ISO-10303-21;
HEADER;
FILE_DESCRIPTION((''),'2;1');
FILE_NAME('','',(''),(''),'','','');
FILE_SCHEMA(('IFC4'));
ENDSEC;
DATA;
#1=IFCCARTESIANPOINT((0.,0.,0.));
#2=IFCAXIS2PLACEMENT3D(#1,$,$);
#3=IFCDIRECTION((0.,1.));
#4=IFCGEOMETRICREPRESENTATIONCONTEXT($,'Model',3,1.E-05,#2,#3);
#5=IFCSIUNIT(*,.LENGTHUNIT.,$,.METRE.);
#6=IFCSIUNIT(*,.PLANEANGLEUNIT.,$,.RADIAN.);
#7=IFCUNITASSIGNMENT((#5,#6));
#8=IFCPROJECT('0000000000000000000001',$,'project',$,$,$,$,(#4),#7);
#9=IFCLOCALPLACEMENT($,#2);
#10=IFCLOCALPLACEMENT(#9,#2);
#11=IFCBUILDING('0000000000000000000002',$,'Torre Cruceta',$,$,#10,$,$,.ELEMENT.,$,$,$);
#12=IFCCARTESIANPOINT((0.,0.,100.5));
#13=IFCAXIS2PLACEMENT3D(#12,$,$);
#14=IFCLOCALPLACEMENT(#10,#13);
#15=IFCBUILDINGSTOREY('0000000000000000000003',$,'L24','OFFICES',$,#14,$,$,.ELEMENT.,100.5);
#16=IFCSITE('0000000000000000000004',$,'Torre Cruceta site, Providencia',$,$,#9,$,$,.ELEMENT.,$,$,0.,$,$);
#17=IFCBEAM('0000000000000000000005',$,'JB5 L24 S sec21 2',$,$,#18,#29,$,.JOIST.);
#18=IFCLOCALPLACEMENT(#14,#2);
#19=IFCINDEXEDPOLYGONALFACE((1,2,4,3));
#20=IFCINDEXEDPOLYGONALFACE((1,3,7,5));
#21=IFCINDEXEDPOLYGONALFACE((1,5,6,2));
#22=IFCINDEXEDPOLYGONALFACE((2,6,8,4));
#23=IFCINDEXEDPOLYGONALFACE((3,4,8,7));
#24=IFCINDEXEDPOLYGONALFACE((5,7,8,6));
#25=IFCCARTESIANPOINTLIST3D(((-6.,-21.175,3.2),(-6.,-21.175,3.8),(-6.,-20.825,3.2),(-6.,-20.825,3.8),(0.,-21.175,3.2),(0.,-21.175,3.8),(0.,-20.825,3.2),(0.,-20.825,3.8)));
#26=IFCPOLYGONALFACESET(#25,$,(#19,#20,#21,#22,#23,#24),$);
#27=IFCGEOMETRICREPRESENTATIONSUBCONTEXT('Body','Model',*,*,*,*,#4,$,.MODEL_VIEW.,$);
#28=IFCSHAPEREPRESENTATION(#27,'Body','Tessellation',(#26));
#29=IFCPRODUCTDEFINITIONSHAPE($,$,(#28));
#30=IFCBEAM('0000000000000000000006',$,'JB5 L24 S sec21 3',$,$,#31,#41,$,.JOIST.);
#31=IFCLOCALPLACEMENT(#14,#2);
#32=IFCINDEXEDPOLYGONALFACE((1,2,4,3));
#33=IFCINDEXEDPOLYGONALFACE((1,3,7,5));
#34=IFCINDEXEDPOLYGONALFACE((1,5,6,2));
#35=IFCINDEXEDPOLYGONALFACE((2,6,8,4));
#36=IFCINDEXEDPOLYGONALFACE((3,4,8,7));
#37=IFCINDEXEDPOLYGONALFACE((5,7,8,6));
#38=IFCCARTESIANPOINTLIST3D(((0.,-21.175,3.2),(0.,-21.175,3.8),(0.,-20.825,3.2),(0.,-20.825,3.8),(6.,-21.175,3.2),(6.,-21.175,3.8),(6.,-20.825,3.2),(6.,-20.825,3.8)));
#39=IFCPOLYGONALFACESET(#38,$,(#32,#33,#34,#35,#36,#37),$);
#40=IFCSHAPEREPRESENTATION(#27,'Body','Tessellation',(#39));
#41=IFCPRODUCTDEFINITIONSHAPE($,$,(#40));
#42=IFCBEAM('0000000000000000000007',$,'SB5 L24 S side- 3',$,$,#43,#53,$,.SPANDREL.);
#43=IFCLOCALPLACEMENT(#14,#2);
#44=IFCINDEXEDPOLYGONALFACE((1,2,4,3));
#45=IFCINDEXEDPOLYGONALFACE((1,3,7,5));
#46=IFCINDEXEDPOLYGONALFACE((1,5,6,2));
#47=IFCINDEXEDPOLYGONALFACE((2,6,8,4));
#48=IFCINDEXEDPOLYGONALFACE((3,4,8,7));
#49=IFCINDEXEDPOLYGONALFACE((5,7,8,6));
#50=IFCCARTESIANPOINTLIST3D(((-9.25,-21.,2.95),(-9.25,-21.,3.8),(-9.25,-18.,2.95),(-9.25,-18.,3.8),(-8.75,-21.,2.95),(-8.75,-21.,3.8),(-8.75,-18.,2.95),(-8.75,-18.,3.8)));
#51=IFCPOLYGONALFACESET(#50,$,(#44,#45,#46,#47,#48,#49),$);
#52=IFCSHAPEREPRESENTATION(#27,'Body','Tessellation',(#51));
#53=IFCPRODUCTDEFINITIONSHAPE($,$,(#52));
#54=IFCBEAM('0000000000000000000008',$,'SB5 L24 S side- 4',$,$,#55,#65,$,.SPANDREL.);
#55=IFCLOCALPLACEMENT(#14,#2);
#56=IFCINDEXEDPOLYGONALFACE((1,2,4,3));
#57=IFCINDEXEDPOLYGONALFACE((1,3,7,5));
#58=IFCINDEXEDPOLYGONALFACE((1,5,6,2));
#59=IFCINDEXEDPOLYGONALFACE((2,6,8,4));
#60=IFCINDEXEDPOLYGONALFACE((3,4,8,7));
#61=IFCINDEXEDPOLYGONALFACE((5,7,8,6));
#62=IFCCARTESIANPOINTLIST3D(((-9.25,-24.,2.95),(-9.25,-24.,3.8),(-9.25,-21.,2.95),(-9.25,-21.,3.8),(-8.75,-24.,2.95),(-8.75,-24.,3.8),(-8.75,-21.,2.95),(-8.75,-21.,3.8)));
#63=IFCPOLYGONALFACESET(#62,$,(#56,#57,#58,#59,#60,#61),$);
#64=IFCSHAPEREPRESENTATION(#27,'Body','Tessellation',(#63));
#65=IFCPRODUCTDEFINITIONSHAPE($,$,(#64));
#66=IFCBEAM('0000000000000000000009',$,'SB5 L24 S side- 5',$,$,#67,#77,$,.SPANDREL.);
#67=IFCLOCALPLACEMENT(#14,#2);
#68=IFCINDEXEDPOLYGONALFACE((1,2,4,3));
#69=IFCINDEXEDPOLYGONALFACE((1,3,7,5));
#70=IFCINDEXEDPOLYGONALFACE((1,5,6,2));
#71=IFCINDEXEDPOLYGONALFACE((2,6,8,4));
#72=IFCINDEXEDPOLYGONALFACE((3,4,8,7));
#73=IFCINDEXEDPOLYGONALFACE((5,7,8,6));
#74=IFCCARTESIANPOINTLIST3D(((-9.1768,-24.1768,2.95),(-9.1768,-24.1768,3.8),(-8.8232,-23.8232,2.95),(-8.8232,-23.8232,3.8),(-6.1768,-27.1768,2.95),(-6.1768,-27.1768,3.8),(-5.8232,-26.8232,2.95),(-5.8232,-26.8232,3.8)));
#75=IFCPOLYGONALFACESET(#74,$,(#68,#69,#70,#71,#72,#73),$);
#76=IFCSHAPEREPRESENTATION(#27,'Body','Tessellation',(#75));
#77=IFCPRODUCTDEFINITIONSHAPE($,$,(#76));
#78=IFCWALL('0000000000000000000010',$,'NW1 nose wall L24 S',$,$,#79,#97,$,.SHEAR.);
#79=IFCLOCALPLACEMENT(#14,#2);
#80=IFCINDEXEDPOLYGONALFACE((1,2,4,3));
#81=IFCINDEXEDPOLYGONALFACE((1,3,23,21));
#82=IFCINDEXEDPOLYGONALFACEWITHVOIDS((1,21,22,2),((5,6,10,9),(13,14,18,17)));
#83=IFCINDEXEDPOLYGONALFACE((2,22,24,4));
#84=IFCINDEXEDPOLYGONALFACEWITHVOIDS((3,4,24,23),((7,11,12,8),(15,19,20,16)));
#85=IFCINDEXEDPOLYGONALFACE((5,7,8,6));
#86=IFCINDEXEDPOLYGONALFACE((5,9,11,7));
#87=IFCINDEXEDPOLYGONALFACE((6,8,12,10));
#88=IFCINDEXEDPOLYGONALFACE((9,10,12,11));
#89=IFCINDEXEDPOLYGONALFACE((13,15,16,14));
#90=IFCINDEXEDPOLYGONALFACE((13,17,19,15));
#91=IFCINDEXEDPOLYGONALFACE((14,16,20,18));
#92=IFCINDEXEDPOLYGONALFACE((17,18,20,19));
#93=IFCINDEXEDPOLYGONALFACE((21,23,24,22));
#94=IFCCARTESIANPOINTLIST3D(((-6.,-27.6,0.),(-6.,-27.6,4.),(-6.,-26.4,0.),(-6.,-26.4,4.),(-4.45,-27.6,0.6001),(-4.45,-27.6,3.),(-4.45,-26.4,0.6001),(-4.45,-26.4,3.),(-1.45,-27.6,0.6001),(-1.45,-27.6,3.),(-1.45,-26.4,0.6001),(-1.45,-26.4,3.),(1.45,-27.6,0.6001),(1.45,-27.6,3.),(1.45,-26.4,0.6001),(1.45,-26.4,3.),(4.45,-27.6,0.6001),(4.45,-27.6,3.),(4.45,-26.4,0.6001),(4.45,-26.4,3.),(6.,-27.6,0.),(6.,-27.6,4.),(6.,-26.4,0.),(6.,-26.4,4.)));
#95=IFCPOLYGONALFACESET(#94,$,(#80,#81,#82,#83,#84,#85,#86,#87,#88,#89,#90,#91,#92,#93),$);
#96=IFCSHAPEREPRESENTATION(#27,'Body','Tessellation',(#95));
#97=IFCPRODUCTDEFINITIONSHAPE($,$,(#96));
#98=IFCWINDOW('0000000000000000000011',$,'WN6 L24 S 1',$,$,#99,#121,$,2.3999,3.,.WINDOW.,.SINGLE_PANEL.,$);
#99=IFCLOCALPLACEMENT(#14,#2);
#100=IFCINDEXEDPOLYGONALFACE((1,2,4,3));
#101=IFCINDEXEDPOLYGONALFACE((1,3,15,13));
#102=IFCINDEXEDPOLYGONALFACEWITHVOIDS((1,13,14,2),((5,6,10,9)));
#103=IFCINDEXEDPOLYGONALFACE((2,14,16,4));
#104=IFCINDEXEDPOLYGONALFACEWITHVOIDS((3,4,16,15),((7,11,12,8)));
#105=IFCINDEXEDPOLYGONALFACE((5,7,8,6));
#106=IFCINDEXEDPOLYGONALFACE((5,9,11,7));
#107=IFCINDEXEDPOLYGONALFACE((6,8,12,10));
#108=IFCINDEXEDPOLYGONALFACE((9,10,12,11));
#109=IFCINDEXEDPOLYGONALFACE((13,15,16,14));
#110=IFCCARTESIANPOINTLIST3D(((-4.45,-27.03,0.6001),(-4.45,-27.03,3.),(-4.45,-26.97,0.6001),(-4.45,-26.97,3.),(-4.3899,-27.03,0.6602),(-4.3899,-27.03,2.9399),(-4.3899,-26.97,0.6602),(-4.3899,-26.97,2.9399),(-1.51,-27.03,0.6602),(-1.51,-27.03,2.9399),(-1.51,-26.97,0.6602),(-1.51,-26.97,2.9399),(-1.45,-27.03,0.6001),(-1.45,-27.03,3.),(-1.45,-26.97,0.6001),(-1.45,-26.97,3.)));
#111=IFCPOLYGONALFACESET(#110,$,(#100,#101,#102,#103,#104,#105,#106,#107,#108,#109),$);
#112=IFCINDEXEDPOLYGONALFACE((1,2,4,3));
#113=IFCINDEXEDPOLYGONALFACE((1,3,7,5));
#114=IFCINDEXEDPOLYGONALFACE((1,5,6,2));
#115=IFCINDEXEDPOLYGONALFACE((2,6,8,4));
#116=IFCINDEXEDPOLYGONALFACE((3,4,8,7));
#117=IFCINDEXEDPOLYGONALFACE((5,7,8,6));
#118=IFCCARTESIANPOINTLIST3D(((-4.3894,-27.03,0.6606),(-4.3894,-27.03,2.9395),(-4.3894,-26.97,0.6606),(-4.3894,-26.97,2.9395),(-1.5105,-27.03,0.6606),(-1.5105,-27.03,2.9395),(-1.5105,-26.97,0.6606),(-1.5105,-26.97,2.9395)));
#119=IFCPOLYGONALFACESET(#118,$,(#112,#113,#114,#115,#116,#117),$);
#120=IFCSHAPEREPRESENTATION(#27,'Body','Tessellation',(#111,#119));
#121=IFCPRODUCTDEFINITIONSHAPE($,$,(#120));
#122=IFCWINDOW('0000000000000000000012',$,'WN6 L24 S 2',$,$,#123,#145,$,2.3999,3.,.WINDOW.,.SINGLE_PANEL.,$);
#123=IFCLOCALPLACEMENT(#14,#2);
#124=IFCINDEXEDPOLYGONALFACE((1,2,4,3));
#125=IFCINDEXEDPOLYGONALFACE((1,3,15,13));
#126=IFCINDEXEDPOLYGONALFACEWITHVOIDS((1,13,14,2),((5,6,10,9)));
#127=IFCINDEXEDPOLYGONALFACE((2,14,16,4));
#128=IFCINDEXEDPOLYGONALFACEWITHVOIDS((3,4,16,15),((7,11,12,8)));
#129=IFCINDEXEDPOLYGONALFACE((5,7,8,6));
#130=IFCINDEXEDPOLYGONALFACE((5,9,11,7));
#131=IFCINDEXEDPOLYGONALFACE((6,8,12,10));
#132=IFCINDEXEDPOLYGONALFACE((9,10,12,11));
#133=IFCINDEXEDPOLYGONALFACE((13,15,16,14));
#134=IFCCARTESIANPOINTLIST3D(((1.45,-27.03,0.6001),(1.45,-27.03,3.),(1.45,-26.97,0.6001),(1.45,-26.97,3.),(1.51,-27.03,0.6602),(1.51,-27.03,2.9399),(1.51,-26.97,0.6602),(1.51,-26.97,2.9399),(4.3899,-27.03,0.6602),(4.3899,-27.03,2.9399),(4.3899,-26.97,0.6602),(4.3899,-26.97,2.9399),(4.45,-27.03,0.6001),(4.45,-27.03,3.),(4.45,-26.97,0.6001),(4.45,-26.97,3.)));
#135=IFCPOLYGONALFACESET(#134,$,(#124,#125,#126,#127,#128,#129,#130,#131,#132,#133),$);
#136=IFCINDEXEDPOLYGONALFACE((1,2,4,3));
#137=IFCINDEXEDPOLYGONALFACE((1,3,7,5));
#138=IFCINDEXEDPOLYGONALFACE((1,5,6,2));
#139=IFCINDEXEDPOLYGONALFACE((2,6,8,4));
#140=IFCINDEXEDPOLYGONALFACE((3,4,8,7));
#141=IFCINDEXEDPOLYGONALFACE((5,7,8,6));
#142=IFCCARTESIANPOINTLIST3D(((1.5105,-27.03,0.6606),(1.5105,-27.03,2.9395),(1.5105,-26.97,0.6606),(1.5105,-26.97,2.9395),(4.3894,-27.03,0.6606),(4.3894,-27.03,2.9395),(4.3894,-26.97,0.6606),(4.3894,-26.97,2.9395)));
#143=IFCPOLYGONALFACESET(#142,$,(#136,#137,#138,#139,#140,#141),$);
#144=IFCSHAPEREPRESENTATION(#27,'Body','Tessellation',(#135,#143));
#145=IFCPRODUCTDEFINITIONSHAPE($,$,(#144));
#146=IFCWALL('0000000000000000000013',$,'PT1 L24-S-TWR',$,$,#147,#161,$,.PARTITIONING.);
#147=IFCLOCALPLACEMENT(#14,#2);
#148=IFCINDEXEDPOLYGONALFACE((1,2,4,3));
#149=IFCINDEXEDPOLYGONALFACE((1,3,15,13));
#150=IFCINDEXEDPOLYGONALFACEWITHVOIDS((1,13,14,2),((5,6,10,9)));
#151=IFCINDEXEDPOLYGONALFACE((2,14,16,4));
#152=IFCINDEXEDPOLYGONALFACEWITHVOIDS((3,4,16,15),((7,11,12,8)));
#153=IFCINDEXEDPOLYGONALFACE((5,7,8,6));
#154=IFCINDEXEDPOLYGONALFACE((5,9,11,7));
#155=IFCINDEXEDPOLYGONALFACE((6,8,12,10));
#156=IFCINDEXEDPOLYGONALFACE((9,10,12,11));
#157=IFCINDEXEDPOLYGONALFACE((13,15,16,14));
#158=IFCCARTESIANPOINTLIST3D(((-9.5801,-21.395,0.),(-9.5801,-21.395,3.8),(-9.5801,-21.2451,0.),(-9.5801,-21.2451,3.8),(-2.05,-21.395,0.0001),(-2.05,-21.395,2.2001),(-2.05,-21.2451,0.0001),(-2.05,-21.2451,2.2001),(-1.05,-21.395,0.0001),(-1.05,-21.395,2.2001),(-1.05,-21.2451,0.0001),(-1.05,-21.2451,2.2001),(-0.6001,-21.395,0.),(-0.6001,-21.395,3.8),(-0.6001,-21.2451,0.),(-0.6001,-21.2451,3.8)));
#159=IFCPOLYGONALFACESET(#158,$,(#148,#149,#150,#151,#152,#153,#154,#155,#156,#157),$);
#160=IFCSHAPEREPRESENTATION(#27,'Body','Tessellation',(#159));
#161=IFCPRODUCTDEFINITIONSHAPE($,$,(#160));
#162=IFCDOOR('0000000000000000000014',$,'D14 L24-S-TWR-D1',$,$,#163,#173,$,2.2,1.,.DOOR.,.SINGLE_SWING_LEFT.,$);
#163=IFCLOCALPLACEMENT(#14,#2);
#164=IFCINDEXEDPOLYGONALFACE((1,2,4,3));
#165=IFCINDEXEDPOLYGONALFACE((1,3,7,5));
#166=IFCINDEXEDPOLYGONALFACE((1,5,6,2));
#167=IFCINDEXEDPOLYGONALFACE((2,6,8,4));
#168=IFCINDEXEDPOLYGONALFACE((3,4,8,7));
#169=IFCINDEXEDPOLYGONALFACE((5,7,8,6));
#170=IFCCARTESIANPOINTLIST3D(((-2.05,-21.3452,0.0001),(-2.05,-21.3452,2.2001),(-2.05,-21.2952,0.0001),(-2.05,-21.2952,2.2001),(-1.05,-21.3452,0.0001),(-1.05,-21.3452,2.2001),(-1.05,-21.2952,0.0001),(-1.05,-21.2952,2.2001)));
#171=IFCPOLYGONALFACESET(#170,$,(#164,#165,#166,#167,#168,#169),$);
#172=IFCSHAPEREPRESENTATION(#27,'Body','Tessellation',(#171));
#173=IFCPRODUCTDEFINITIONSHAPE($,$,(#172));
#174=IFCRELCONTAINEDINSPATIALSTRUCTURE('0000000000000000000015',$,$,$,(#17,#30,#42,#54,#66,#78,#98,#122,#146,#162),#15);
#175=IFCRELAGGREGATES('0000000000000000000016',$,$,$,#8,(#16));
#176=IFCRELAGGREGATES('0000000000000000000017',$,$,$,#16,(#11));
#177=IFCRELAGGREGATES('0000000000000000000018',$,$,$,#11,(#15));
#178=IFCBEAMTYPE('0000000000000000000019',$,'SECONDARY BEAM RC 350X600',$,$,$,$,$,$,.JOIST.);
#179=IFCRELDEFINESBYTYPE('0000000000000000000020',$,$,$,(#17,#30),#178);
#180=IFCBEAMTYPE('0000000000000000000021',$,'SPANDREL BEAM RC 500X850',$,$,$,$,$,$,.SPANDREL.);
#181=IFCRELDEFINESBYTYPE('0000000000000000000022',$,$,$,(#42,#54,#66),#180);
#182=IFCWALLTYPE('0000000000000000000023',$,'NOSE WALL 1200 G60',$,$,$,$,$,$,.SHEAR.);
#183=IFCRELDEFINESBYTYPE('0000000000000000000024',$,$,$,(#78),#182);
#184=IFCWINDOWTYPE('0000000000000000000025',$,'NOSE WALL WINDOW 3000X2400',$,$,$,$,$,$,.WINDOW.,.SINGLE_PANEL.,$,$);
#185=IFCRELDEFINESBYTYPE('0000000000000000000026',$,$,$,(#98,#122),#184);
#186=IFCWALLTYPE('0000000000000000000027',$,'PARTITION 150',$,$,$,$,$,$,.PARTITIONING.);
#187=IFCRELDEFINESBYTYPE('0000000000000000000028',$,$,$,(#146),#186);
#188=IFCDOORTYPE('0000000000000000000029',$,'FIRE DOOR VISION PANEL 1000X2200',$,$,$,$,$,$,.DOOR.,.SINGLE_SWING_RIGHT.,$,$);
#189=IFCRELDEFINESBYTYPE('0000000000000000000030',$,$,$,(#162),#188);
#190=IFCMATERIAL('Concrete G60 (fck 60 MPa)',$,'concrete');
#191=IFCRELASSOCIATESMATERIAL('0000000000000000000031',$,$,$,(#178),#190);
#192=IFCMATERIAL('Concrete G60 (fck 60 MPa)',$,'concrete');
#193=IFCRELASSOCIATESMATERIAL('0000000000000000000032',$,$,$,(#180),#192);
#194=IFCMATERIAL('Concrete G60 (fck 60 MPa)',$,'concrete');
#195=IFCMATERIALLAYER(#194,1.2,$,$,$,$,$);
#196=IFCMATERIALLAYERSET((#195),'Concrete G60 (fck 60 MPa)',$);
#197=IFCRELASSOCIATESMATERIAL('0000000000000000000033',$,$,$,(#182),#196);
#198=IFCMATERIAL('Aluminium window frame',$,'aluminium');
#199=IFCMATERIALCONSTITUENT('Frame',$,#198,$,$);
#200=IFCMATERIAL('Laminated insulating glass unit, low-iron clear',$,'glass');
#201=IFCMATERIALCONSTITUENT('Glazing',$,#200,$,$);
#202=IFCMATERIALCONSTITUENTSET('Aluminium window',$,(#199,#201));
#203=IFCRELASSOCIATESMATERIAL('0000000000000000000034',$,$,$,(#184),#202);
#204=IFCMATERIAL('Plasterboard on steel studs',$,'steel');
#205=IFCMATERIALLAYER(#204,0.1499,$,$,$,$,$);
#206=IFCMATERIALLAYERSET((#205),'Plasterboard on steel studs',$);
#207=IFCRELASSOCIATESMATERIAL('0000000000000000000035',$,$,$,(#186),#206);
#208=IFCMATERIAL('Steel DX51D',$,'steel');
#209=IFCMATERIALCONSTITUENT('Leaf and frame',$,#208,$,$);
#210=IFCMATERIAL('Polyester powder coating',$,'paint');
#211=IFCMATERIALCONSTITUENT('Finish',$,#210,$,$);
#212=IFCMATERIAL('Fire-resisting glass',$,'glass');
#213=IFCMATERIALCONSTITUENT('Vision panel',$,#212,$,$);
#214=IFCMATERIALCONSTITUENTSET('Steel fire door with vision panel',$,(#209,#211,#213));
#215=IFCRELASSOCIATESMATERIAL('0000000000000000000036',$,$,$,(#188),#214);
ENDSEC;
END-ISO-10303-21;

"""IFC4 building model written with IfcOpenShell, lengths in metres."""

from ifc_helpers import new_model, si_unit, direction, frame, frame_2d, origin, origin_2d, place, context, subcontext, project, spatial, rectangle, hollow_rectangle, extrude, material, layer, layer_set, constituent, constituent_set, material_profile, profile_set, type_object, element, fill, save


model = new_model("IFC4")

# Units and contexts
model_context = context("Model", 3, precision=1e-05, world=origin(), true_north=direction((0.0, 1.0)))
body_context = subcontext(model_context, "Body", "Model", "MODEL_VIEW")
ifc_project = project(units=[si_unit("LENGTHUNIT", "METRE"), si_unit("PLANEANGLEUNIT", "RADIAN")], contexts=[model_context])

# Site, building, storey
site_placement = place(None, origin())
site = spatial("IfcSite", under=ifc_project, at=site_placement, Name="Torre Cruceta site, Providencia", CompositionType="ELEMENT", RefElevation=0.0)
building_placement = place(site_placement, origin())
building = spatial("IfcBuilding", under=site, at=building_placement, Name="Torre Cruceta", CompositionType="ELEMENT")
storey_placement = place(building_placement, frame((0.0, 0.0, 100.5)))
storey = spatial("IfcBuildingStorey", under=building, at=storey_placement, Name="L24", Description="OFFICES", CompositionType="ELEMENT", Elevation=100.5)

# Beams
ifc_material_1 = material(Name="Concrete G60 (fck 60 MPa)", Category="concrete")
ifc_material_profile_1 = material_profile(ifc_material_1, rectangle(XDim=0.3501, YDim=0.6001, at=origin_2d()), Name="RC 350X600")
ifc_profile_set_1 = profile_set([ifc_material_profile_1], Name="Concrete G60 (fck 60 MPa)")
beam_type_1 = type_object("IfcBeamType", Name="SECONDARY BEAM RC 350X600", PredefinedType="JOIST", material=ifc_profile_set_1)
for number, where, z_axis, x_axis, name in (
    (1, (-6.0, -21.0, 3.5), (1.0, 0.0, 0.0), (0.0, 1.0, 0.0), "JB5 L24 S sec21 2"),
    (2, (0.0, -21.0, 3.5), (1.0, 0.0, 0.0), (0.0, 1.0, 0.0), "JB5 L24 S sec21 3"),
):
    element("IfcBeam", number, at=place(storey_placement, frame(where, z_axis=z_axis, x_axis=x_axis)), inside=storey, type_object=beam_type_1, Name=name, PredefinedType="JOIST", context=body_context, shape_type="SweptSolid", body=[
        extrude(rectangle(XDim=0.3501, YDim=0.6001, at=origin_2d()), origin(), (0.0, 0.0, 1.0), 6.0),
    ])
ifc_material_2 = material(Name="Concrete G60 (fck 60 MPa)", Category="concrete")
ifc_material_profile_2 = material_profile(ifc_material_2, rectangle(XDim=0.5, YDim=0.8501, at=origin_2d()), Name="RC 500X850")
ifc_profile_set_2 = profile_set([ifc_material_profile_2], Name="Concrete G60 (fck 60 MPa)")
beam_type_2 = type_object("IfcBeamType", Name="SPANDREL BEAM RC 500X850", PredefinedType="SPANDREL", material=ifc_profile_set_2)
for number, where, z_axis, x_axis, name in (
    (3, (-9.0, -18.0, 3.375), (0.0, -1.0, 0.0), (1.0, 0.0, 0.0), "SB5 L24 S side- 3"),
    (4, (-9.0, -21.0, 3.375), (0.0, -1.0, 0.0), (1.0, 0.0, 0.0), "SB5 L24 S side- 4"),
):
    element("IfcBeam", number, at=place(storey_placement, frame(where, z_axis=z_axis, x_axis=x_axis)), inside=storey, type_object=beam_type_2, Name=name, PredefinedType="SPANDREL", context=body_context, shape_type="SweptSolid", body=[
        extrude(rectangle(XDim=0.5, YDim=0.8501, at=origin_2d()), origin(), (0.0, 0.0, 1.0), 3.0),
    ])
beam_1_placement = place(storey_placement, frame((-9.0, -24.0, 3.375), z_axis=(0.707107, -0.707107, 0.0), x_axis=(0.707107, 0.707107, 0.0)))
element("IfcBeam", 5, at=beam_1_placement, inside=storey, type_object=beam_type_2, Name="SB5 L24 S side- 5", PredefinedType="SPANDREL", context=body_context, shape_type="SweptSolid", body=[
    extrude(rectangle(XDim=0.5, YDim=0.8501, at=origin_2d()), origin(), (0.0, 0.0, 1.0), 4.2427),
])

# Wall, openings, windows
ifc_material_3 = material(Name="Concrete G60 (fck 60 MPa)", Category="concrete")
ifc_layer_1 = layer(ifc_material_3, 1.2)
ifc_layer_set_1 = layer_set([ifc_layer_1], Name="Concrete G60 (fck 60 MPa)")
wall_type_1 = type_object("IfcWallType", Name="NOSE WALL 1200 G60", PredefinedType="SHEAR", material=ifc_layer_set_1)
wall_1_placement = place(storey_placement, frame((-6.0, -27.0, 0.0), z_axis=(0.0, 0.0, 1.0), x_axis=(1.0, 0.0, 0.0)))
wall_1 = element("IfcWall", 6, at=wall_1_placement, inside=storey, type_object=wall_type_1, Name="NW1 nose wall L24 S", PredefinedType="SHEAR", context=body_context, shape_type="SweptSolid", body=[
    extrude(rectangle(XDim=12.0, YDim=1.2, at=frame_2d((6.0, 0.0))), origin(), (0.0, 0.0, 1.0), 4.0),
])
opening_1_placement = place(wall_1_placement, frame((1.55, 0.0, 0.6001)))
opening_1 = element("IfcOpeningElement", 7, at=opening_1_placement, cuts=wall_1, PredefinedType="OPENING", context=body_context, shape_type="SweptSolid", body=[
    extrude(rectangle(XDim=3.0, YDim=2.3999, at=frame_2d((1.5, 1.2))), frame((0.0, 0.6099, 0.0), z_axis=(0.0, -1.0, 0.0), x_axis=(1.0, 0.0, 0.0)), (0.0, 0.0, 1.0), 1.22),
])
opening_2_placement = place(wall_1_placement, frame((7.45, 0.0, 0.6001)))
opening_2 = element("IfcOpeningElement", 8, at=opening_2_placement, cuts=wall_1, PredefinedType="OPENING", context=body_context, shape_type="SweptSolid", body=[
    extrude(rectangle(XDim=3.0, YDim=2.3999, at=frame_2d((1.5, 1.2))), frame((0.0, 0.6099, 0.0), z_axis=(0.0, -1.0, 0.0), x_axis=(1.0, 0.0, 0.0)), (0.0, 0.0, 1.0), 1.22),
])
ifc_material_4 = material(Name="Aluminium window frame", Category="aluminium")
ifc_constituent_1 = constituent(ifc_material_4, Name="Frame")
ifc_material_5 = material(Name="Laminated insulating glass unit, low-iron clear", Category="glass")
ifc_constituent_2 = constituent(ifc_material_5, Name="Glazing")
ifc_constituent_set_1 = constituent_set(constituents=[ifc_constituent_1, ifc_constituent_2], Name="Aluminium window")
window_type = type_object("IfcWindowType", Name="NOSE WALL WINDOW 3000X2400", PartitioningType="SINGLE_PANEL", PredefinedType="WINDOW", material=ifc_constituent_set_1)
window_1_placement = place(opening_1_placement, origin())
window_1 = element("IfcWindow", 9, at=window_1_placement, inside=storey, type_object=window_type, Name="WN6 L24 S 1", OverallHeight=2.3999, OverallWidth=3.0, PartitioningType="SINGLE_PANEL", PredefinedType="WINDOW", context=body_context, shape_type="SweptSolid", body=[
    extrude(hollow_rectangle(XDim=3.0, YDim=2.3999, WallThickness=0.0601, at=frame_2d((1.5, 1.2))), frame((0.0, 0.03, 0.0), z_axis=(0.0, -1.0, 0.0), x_axis=(1.0, 0.0, 0.0)), (0.0, 0.0, 1.0), 0.0601),
    extrude(rectangle(XDim=2.8789, YDim=2.2788, at=frame_2d((1.5, 1.2))), frame((0.0, 0.03, 0.0), z_axis=(0.0, -1.0, 0.0), x_axis=(1.0, 0.0, 0.0)), (0.0, 0.0, 1.0), 0.0601),
])
fill(opening_1, window_1)
window_2_placement = place(opening_2_placement, origin())
window_2 = element("IfcWindow", 10, at=window_2_placement, inside=storey, type_object=window_type, Name="WN6 L24 S 2", OverallHeight=2.3999, OverallWidth=3.0, PartitioningType="SINGLE_PANEL", PredefinedType="WINDOW", context=body_context, shape_type="SweptSolid", body=[
    extrude(hollow_rectangle(XDim=3.0, YDim=2.3999, WallThickness=0.0601, at=frame_2d((1.5, 1.2))), frame((0.0, 0.03, 0.0), z_axis=(0.0, -1.0, 0.0), x_axis=(1.0, 0.0, 0.0)), (0.0, 0.0, 1.0), 0.0601),
    extrude(rectangle(XDim=2.8789, YDim=2.2788, at=frame_2d((1.5, 1.2))), frame((0.0, 0.03, 0.0), z_axis=(0.0, -1.0, 0.0), x_axis=(1.0, 0.0, 0.0)), (0.0, 0.0, 1.0), 0.0601),
])
fill(opening_2, window_2)

# Wall, opening, door
ifc_material_6 = material(Name="Plasterboard on steel studs", Category="steel")
ifc_layer_2 = layer(ifc_material_6, 0.1499)
ifc_layer_set_2 = layer_set([ifc_layer_2], Name="Plasterboard on steel studs")
wall_type_2 = type_object("IfcWallType", Name="PARTITION 150", PredefinedType="PARTITIONING", material=ifc_layer_set_2)
wall_2_placement = place(storey_placement, frame((-9.5801, -21.3201, 0.0), z_axis=(0.0, 0.0, 1.0), x_axis=(1.0, 0.0, 0.0)))
wall_2 = element("IfcWall", 11, at=wall_2_placement, inside=storey, type_object=wall_type_2, Name="PT1 L24-S-TWR", PredefinedType="PARTITIONING", context=body_context, shape_type="SweptSolid", body=[
    extrude(rectangle(XDim=8.98, YDim=0.1499, at=frame_2d((4.49, 0.0))), origin(), (0.0, 0.0, 1.0), 3.8),
])
opening_3_placement = place(wall_2_placement, frame((7.53, 0.0, 0.0)))
opening_3 = element("IfcOpeningElement", 12, at=opening_3_placement, cuts=wall_2, PredefinedType="OPENING", context=body_context, shape_type="SweptSolid", body=[
    extrude(rectangle(XDim=1.0, YDim=2.2, at=frame_2d((0.5, 1.1001))), frame((0.0, 0.085, 0.0), z_axis=(0.0, -1.0, 0.0), x_axis=(1.0, 0.0, 0.0)), (0.0, 0.0, 1.0), 0.1699),
])
ifc_material_7 = material(Name="Steel DX51D", Category="steel")
ifc_constituent_3 = constituent(ifc_material_7, Name="Leaf and frame")
ifc_material_8 = material(Name="Polyester powder coating", Category="paint")
ifc_constituent_4 = constituent(ifc_material_8, Name="Finish")
ifc_material_9 = material(Name="Fire-resisting glass", Category="glass")
ifc_constituent_5 = constituent(ifc_material_9, Name="Vision panel")
ifc_constituent_set_2 = constituent_set(constituents=[ifc_constituent_3, ifc_constituent_4, ifc_constituent_5], Name="Steel fire door with vision panel")
door_type = type_object("IfcDoorType", Name="FIRE DOOR VISION PANEL 1000X2200", OperationType="SINGLE_SWING_RIGHT", PredefinedType="DOOR", material=ifc_constituent_set_2)
door_placement = place(opening_3_placement, frame((1.0, 0.0, 0.0), z_axis=(0.0, 0.0, 1.0), x_axis=(-1.0, 0.0, 0.0)))
door = element("IfcDoor", 13, at=door_placement, inside=storey, type_object=door_type, Name="D14 L24-S-TWR-D1", OperationType="SINGLE_SWING_LEFT", OverallHeight=2.2, OverallWidth=1.0, PredefinedType="DOOR", context=body_context, shape_type="SweptSolid", body=[
    extrude(rectangle(XDim=1.0, YDim=2.2, at=frame_2d((0.5, 1.1001))), frame((0.0, 0.0251, 0.0), z_axis=(0.0, -1.0, 0.0), x_axis=(1.0, 0.0, 0.0)), (0.0, 0.0, 1.0), 0.05),
])
fill(opening_3, door)

save(model, "model.ifc")
